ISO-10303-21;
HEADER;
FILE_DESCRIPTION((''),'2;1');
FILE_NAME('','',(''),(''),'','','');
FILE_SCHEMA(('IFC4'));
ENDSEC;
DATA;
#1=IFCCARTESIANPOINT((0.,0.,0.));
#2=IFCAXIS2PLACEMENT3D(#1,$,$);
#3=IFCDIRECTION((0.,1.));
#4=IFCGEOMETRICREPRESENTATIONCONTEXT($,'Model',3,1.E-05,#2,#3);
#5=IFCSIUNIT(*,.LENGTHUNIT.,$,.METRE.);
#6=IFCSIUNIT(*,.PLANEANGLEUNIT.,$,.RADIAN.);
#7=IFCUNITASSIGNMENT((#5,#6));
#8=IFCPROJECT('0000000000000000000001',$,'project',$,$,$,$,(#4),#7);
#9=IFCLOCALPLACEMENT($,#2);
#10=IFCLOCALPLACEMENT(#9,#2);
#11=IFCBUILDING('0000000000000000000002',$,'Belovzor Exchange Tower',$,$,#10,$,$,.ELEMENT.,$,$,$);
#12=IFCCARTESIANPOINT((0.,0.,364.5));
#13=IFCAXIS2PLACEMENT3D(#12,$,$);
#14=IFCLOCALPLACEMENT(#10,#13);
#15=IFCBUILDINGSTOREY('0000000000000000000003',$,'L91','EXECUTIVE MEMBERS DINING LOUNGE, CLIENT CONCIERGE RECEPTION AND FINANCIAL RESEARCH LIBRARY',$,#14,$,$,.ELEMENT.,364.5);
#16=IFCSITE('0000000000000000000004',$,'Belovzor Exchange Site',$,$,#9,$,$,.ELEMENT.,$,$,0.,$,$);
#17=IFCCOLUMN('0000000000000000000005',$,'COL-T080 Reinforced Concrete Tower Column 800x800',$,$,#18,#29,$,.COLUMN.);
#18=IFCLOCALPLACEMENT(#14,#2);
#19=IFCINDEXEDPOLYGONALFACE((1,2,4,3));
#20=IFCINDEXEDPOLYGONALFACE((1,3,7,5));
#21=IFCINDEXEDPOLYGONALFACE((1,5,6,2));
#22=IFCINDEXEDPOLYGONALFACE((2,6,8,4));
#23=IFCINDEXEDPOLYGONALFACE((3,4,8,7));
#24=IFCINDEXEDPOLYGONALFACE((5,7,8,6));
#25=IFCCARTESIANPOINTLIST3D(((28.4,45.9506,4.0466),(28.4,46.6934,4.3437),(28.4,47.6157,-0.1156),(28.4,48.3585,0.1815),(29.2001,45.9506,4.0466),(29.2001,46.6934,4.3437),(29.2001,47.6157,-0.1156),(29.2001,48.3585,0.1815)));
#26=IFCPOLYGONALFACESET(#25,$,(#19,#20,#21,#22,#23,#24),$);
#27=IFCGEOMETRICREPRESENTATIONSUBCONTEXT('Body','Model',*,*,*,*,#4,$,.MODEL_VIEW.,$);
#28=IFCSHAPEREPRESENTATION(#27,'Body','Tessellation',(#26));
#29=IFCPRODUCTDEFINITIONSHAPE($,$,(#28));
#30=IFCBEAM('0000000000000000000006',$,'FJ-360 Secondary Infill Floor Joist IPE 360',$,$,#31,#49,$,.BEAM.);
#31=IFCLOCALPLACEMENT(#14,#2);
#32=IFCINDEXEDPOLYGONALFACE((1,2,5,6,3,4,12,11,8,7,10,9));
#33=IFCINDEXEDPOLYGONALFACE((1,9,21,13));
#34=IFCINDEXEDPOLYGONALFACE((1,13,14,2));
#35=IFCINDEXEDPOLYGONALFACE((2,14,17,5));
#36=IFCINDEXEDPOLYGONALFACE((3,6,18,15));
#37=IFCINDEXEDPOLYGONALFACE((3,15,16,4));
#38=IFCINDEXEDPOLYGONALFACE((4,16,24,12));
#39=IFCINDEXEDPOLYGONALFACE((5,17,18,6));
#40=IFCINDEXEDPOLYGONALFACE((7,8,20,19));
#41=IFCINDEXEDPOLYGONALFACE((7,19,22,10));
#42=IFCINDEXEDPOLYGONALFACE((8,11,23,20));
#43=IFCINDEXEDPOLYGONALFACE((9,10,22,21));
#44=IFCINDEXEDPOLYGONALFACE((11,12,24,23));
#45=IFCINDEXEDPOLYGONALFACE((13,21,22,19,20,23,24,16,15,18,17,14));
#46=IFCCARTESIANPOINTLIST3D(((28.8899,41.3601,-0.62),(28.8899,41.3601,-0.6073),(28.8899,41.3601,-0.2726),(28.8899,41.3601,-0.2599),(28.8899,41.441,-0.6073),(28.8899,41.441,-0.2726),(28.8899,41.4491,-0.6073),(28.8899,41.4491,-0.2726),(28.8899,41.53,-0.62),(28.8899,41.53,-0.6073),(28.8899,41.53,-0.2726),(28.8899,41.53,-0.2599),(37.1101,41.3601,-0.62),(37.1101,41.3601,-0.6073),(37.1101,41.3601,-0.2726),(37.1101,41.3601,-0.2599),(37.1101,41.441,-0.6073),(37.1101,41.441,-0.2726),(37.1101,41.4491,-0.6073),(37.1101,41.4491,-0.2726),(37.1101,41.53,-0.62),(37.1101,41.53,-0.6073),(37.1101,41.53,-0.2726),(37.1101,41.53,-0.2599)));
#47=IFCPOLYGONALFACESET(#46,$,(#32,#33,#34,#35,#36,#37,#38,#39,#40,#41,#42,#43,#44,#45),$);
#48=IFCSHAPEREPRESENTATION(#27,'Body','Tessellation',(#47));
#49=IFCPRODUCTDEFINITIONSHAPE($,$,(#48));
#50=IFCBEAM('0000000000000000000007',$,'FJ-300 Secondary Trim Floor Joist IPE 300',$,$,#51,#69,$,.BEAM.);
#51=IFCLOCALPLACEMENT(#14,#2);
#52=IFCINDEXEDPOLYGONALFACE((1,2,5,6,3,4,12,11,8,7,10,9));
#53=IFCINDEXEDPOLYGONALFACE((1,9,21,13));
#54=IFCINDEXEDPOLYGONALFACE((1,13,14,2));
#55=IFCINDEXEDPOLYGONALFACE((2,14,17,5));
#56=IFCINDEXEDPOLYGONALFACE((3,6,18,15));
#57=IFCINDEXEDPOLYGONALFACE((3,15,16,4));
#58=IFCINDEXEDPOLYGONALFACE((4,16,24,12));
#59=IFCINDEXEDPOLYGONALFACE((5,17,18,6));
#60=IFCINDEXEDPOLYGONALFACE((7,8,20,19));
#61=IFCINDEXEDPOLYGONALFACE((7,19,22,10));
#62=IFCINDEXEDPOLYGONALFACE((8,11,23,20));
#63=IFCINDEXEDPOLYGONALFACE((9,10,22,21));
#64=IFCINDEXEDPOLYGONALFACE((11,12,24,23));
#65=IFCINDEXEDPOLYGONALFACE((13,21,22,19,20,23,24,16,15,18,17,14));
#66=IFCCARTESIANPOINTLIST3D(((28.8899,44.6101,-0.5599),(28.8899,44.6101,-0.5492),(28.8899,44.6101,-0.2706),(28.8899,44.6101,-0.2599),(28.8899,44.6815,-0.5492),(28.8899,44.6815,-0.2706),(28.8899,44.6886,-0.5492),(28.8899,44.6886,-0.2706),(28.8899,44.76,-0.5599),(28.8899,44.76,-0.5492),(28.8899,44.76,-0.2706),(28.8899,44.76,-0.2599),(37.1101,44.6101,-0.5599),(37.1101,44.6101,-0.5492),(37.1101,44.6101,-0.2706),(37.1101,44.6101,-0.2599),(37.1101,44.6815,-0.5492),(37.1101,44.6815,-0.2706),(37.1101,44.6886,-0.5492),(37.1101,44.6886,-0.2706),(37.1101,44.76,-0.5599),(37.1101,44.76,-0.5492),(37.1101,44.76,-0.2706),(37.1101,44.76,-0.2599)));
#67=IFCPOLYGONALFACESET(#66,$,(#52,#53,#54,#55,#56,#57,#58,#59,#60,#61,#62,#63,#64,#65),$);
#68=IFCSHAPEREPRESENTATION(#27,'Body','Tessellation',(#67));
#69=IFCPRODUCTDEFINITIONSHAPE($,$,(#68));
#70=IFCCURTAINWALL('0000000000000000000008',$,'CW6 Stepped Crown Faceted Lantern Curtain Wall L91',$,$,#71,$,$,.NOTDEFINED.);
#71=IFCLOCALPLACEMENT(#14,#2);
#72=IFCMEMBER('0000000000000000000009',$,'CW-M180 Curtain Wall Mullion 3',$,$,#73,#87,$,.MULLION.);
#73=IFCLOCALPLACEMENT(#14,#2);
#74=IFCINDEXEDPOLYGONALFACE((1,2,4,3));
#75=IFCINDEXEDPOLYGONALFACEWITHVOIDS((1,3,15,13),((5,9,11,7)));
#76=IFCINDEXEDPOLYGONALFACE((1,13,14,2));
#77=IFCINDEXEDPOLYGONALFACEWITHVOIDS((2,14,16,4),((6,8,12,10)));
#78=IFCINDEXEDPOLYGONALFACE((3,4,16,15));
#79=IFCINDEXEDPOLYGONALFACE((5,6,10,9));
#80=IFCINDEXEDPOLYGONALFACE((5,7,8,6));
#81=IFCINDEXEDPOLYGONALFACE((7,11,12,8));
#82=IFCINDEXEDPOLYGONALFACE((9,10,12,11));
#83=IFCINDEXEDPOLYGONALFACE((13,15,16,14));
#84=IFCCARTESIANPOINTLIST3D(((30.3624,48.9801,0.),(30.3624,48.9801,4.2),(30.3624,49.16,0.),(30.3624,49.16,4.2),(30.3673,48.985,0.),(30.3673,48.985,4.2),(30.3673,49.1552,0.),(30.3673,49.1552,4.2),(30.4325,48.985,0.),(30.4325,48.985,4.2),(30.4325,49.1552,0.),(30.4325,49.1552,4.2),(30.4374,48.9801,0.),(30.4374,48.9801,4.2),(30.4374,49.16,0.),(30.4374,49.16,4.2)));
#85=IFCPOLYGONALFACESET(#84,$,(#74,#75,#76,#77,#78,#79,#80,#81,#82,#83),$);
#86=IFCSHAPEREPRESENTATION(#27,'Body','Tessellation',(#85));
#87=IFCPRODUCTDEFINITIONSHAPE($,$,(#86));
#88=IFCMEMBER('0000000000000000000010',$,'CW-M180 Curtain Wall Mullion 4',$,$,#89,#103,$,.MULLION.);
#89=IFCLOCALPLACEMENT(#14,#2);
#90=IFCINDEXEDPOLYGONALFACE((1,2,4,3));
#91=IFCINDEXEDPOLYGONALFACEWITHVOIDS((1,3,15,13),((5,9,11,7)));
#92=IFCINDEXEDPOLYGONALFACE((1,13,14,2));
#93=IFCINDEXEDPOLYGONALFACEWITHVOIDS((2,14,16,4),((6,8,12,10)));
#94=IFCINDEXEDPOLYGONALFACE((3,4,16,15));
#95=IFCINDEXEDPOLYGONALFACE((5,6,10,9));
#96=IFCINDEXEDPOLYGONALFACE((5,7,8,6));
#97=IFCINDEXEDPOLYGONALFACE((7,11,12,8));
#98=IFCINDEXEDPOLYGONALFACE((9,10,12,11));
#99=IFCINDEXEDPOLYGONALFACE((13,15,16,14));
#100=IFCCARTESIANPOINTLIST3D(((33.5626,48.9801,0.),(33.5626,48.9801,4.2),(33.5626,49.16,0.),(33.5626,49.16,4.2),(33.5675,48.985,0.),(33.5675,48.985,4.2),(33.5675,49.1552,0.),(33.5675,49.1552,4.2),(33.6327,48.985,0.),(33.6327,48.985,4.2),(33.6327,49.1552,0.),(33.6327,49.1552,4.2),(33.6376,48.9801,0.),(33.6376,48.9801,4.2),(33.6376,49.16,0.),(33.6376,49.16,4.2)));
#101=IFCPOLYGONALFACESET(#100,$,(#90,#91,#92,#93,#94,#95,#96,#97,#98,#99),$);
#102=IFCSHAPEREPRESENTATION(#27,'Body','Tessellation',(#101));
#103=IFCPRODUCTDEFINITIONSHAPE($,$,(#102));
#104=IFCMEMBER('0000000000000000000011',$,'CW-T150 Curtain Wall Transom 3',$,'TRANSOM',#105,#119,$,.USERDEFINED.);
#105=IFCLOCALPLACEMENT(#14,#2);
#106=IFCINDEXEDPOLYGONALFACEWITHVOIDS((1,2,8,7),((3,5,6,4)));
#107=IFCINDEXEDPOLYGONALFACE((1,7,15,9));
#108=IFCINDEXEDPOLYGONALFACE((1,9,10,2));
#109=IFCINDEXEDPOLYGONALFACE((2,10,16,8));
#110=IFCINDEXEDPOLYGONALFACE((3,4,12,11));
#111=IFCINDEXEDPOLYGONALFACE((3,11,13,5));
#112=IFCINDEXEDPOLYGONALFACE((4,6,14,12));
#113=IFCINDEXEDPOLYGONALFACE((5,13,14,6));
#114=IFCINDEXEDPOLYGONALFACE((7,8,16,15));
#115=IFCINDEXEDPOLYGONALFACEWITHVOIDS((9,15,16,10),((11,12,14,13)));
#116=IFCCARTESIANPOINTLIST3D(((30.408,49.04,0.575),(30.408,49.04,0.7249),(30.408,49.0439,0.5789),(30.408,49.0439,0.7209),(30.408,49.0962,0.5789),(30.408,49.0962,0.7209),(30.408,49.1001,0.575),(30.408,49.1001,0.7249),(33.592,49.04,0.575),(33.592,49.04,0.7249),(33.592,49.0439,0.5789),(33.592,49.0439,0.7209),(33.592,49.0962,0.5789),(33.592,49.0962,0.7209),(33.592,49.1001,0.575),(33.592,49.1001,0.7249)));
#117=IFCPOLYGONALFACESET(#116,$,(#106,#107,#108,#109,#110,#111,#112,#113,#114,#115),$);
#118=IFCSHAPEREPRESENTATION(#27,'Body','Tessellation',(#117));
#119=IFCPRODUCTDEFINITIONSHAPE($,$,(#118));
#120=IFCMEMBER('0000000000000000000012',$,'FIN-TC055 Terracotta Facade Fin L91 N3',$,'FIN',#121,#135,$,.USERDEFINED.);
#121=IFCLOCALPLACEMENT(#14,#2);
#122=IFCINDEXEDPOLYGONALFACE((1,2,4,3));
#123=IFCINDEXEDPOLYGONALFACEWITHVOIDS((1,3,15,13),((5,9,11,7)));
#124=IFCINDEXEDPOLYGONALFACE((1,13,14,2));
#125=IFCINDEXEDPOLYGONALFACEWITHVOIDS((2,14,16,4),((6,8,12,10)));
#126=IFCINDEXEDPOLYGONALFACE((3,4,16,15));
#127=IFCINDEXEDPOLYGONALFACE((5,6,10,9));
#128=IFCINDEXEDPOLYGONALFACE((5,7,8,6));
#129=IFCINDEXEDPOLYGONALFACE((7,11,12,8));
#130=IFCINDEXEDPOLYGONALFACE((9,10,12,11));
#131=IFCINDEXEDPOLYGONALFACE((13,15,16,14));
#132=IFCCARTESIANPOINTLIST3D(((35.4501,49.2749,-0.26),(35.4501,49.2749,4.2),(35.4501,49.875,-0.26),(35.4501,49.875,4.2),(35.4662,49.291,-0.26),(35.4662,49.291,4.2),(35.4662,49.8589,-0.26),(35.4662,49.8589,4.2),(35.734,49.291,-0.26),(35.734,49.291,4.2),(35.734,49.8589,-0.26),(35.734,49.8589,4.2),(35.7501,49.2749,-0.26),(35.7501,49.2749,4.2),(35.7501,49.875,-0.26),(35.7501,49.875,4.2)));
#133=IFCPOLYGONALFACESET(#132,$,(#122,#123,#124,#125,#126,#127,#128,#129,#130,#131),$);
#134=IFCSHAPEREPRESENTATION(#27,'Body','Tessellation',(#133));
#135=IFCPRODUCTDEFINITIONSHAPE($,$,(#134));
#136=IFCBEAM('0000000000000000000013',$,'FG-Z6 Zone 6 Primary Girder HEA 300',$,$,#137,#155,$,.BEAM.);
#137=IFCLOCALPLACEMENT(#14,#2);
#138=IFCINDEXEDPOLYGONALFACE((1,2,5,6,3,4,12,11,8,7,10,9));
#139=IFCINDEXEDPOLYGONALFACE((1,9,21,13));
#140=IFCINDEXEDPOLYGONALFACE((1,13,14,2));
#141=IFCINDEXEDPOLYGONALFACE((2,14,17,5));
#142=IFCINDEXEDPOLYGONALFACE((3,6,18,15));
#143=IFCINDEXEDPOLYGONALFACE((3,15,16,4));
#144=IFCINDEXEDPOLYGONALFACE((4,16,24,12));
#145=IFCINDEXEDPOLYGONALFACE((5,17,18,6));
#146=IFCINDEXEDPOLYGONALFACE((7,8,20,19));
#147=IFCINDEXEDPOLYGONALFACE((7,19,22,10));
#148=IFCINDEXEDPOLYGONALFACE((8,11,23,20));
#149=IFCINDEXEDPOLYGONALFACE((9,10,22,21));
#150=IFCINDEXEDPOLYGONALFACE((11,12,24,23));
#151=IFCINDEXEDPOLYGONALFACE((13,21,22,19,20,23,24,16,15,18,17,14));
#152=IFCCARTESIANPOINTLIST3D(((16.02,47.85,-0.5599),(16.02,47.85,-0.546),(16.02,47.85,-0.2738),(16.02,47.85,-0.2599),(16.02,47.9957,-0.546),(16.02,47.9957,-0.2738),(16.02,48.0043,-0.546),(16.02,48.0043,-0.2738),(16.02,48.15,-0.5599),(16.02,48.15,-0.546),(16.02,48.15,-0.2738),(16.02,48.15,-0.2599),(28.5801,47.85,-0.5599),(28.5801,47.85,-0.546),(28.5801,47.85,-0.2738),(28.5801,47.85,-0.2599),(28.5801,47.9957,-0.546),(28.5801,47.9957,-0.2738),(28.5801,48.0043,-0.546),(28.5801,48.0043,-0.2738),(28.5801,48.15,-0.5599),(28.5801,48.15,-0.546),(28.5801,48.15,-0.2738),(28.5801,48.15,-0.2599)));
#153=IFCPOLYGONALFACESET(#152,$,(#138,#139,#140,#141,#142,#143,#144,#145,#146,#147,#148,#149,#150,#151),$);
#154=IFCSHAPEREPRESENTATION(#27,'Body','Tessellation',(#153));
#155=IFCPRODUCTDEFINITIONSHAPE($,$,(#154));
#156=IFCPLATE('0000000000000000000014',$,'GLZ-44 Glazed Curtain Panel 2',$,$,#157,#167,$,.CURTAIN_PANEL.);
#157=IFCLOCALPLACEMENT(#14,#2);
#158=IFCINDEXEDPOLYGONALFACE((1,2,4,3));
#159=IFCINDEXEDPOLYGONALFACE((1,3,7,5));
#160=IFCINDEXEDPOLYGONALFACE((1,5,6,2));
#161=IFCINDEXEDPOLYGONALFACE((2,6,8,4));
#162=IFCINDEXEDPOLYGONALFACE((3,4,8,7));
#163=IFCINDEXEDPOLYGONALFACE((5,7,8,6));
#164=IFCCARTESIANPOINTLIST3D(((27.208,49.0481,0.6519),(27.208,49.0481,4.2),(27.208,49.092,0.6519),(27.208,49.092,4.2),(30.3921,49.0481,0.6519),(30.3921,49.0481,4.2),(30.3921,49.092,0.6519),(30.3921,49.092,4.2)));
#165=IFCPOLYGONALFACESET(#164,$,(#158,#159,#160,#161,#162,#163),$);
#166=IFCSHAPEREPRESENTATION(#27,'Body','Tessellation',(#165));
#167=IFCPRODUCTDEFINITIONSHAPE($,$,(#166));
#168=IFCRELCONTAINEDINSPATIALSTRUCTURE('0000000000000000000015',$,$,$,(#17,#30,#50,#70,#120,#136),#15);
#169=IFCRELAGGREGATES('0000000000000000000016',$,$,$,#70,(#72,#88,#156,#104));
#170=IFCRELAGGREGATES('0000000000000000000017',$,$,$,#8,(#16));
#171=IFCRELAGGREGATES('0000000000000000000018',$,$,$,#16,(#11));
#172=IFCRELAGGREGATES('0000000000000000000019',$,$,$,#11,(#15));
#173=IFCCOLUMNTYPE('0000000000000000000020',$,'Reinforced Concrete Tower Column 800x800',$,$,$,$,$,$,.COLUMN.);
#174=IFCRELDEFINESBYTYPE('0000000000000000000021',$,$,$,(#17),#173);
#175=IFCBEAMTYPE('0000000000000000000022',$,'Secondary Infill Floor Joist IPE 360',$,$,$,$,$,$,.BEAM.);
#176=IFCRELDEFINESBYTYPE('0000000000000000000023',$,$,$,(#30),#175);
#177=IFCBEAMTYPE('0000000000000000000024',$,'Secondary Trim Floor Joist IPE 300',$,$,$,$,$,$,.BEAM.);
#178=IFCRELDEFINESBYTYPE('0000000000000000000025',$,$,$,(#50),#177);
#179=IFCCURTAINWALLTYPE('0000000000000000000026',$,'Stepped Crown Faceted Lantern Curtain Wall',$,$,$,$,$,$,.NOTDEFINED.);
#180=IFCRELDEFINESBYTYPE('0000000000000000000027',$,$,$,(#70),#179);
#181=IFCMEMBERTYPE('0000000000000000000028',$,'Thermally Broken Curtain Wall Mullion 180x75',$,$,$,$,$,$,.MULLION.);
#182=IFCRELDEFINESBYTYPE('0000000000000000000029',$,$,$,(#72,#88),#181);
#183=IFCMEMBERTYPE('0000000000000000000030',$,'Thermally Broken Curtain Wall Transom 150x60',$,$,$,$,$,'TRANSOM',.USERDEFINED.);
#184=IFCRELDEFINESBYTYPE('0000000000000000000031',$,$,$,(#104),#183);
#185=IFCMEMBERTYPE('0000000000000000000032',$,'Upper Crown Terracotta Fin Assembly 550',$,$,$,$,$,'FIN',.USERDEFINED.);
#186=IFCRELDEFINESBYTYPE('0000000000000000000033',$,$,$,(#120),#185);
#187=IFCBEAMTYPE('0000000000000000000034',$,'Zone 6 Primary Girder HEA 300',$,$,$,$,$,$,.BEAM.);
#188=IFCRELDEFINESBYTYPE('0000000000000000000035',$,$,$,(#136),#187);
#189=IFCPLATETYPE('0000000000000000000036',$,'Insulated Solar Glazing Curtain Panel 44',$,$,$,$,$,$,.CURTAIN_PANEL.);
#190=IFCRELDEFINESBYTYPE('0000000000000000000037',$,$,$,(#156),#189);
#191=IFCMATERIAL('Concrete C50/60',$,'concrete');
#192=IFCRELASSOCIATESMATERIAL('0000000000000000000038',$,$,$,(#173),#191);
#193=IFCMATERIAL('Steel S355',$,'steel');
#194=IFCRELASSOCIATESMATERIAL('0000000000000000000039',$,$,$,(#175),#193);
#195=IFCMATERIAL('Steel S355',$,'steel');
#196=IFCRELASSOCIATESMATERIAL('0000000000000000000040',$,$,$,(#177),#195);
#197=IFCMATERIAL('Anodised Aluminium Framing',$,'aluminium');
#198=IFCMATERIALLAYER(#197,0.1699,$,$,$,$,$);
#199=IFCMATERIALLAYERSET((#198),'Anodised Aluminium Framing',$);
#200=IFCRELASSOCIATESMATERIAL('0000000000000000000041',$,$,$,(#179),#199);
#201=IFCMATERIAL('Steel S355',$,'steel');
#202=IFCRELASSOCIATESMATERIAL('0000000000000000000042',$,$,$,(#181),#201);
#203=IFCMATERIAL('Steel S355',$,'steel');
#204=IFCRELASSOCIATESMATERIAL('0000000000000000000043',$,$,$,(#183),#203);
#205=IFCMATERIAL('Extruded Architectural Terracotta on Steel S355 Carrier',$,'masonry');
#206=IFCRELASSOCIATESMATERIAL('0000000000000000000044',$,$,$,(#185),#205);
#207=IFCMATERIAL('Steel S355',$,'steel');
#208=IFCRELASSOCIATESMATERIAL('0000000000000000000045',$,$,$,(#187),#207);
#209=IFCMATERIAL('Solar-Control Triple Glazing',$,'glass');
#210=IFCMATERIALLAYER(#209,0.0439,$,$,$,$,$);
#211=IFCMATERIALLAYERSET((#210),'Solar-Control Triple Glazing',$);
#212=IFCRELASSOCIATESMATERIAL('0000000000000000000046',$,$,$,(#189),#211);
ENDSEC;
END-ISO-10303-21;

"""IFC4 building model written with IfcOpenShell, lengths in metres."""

from ifc_helpers import new_model, si_unit, direction, frame, origin, origin_2d, place, context, subcontext, project, spatial, rectangle, hollow_rectangle, i_section, extrude, material, layer, layer_set, material_profile, profile_set, type_object, element, aggregate, save


model = new_model("IFC4")

# Units and contexts
model_context = context("Model", 3, precision=1e-05, world=origin(), true_north=direction((0.0, 1.0)))
body_context = subcontext(model_context, "Body", "Model", "MODEL_VIEW")
ifc_project = project(units=[si_unit("LENGTHUNIT", "METRE"), si_unit("PLANEANGLEUNIT", "RADIAN")], contexts=[model_context])

# Site, building, storey
site_placement = place(None, origin())
site = spatial("IfcSite", under=ifc_project, at=site_placement, Name="Belovzor Exchange Site", CompositionType="ELEMENT", RefElevation=0.0)
building_placement = place(site_placement, origin())
building = spatial("IfcBuilding", under=site, at=building_placement, Name="Belovzor Exchange Tower", CompositionType="ELEMENT")
storey_placement = place(building_placement, frame((0.0, 0.0, 364.5)))
storey = spatial("IfcBuildingStorey", under=building, at=storey_placement, Name="L91", Description="EXECUTIVE MEMBERS DINING LOUNGE, CLIENT CONCIERGE RECEPTION AND FINANCIAL RESEARCH LIBRARY", CompositionType="ELEMENT", Elevation=364.5)

# Column
ifc_material_1 = material(Name="Concrete C50/60", Category="concrete")
ifc_material_profile_1 = material_profile(ifc_material_1, rectangle(XDim=0.8, YDim=0.8, at=origin_2d()))
ifc_profile_set_1 = profile_set([ifc_material_profile_1], Name="Concrete C50/60")
column_type = type_object("IfcColumnType", Name="Reinforced Concrete Tower Column 800x800", PredefinedType="COLUMN", material=ifc_profile_set_1)
column_placement = place(storey_placement, frame((28.8, 47.9871, 0.033), z_axis=(0.0, -0.371428, 0.928462), x_axis=(1.0, 0.0, 0.0)))
element("IfcColumn", 1, at=column_placement, inside=storey, type_object=column_type, Name="COL-T080 Reinforced Concrete Tower Column 800x800", PredefinedType="COLUMN", context=body_context, shape_type="SweptSolid", body=[
    extrude(rectangle(XDim=0.8, YDim=0.8, at=origin_2d()), origin(), (0.0, 0.0, 1.0), 4.4829),
])

# Beams
ifc_material_2 = material(Name="Steel S355", Category="steel")
ifc_material_profile_2 = material_profile(ifc_material_2, i_section(OverallWidth=0.1699, OverallDepth=0.3601, WebThickness=0.0081, FlangeThickness=0.0127, at=origin_2d()))
ifc_profile_set_2 = profile_set([ifc_material_profile_2], Name="Steel S355")
beam_type_1 = type_object("IfcBeamType", Name="Secondary Infill Floor Joist IPE 360", PredefinedType="BEAM", material=ifc_profile_set_2)
beam_1_placement = place(storey_placement, frame((28.8899, 41.4451, -0.4399), z_axis=(1.0, 0.0, 0.0), x_axis=(0.0, 1.0, 0.0)))
element("IfcBeam", 2, at=beam_1_placement, inside=storey, type_object=beam_type_1, Name="FJ-360 Secondary Infill Floor Joist IPE 360", PredefinedType="BEAM", context=body_context, shape_type="SweptSolid", body=[
    extrude(i_section(OverallWidth=0.1699, OverallDepth=0.3601, WebThickness=0.0081, FlangeThickness=0.0127, at=origin_2d()), origin(), (0.0, 0.0, 1.0), 8.2202),
])
ifc_material_3 = material(Name="Steel S355", Category="steel")
ifc_material_profile_3 = material_profile(ifc_material_3, i_section(OverallWidth=0.1499, OverallDepth=0.3, WebThickness=0.0071, FlangeThickness=0.0107, at=origin_2d()))
ifc_profile_set_3 = profile_set([ifc_material_profile_3], Name="Steel S355")
beam_type_2 = type_object("IfcBeamType", Name="Secondary Trim Floor Joist IPE 300", PredefinedType="BEAM", material=ifc_profile_set_3)
beam_2_placement = place(storey_placement, frame((28.8899, 44.6851, -0.4099), z_axis=(1.0, 0.0, 0.0), x_axis=(0.0, 1.0, 0.0)))
element("IfcBeam", 3, at=beam_2_placement, inside=storey, type_object=beam_type_2, Name="FJ-300 Secondary Trim Floor Joist IPE 300", PredefinedType="BEAM", context=body_context, shape_type="SweptSolid", body=[
    extrude(i_section(OverallWidth=0.1499, OverallDepth=0.3, WebThickness=0.0071, FlangeThickness=0.0107, at=origin_2d()), origin(), (0.0, 0.0, 1.0), 8.2202),
])

# Curtain wall, members
ifc_material_4 = material(Name="Anodised Aluminium Framing", Category="aluminium")
ifc_layer_1 = layer(ifc_material_4, 0.1699)
ifc_layer_set_1 = layer_set([ifc_layer_1], Name="Anodised Aluminium Framing")
curtain_wall_type = type_object("IfcCurtainWallType", Name="Stepped Crown Faceted Lantern Curtain Wall", PredefinedType="NOTDEFINED", material=ifc_layer_set_1)
curtain_wall_placement = place(storey_placement, origin())
curtain_wall = element("IfcCurtainWall", 4, at=curtain_wall_placement, inside=storey, type_object=curtain_wall_type, Name="CW6 Stepped Crown Faceted Lantern Curtain Wall L91", PredefinedType="NOTDEFINED")
ifc_material_5 = material(Name="Steel S355", Category="steel")
ifc_material_profile_4 = material_profile(ifc_material_5, hollow_rectangle(XDim=0.075, YDim=0.1799, WallThickness=0.0049, at=origin_2d()))
ifc_profile_set_4 = profile_set([ifc_material_profile_4], Name="Steel S355")
member_type_1 = type_object("IfcMemberType", Name="Thermally Broken Curtain Wall Mullion 180x75", PredefinedType="MULLION", material=ifc_profile_set_4)
member_1_placement = place(storey_placement, frame((30.3999, 49.0701, 0.0), z_axis=(0.0, 0.0, 1.0), x_axis=(1.0, 0.0, 0.0)))
member_1 = element("IfcMember", 5, at=member_1_placement, type_object=member_type_1, Name="CW-M180 Curtain Wall Mullion 3", PredefinedType="MULLION", context=body_context, shape_type="SweptSolid", body=[
    extrude(hollow_rectangle(XDim=0.075, YDim=0.1799, WallThickness=0.0049, at=origin_2d()), origin(), (0.0, 0.0, 1.0), 4.2),
])
member_2_placement = place(storey_placement, frame((33.6001, 49.0701, 0.0), z_axis=(0.0, 0.0, 1.0), x_axis=(1.0, 0.0, 0.0)))
member_2 = element("IfcMember", 6, at=member_2_placement, type_object=member_type_1, Name="CW-M180 Curtain Wall Mullion 4", PredefinedType="MULLION", context=body_context, shape_type="SweptSolid", body=[
    extrude(hollow_rectangle(XDim=0.075, YDim=0.1799, WallThickness=0.0049, at=origin_2d()), origin(), (0.0, 0.0, 1.0), 4.2),
])
ifc_material_6 = material(Name="Steel S355", Category="steel")
ifc_material_profile_5 = material_profile(ifc_material_6, hollow_rectangle(XDim=0.0601, YDim=0.1499, WallThickness=0.0039, at=origin_2d()))
ifc_profile_set_5 = profile_set([ifc_material_profile_5], Name="Steel S355")
member_type_2 = type_object("IfcMemberType", Name="Thermally Broken Curtain Wall Transom 150x60", ElementType="TRANSOM", PredefinedType="USERDEFINED", material=ifc_profile_set_5)
member_3_placement = place(storey_placement, frame((30.408, 49.0701, 0.6499), z_axis=(1.0, 0.0, 0.0), x_axis=(0.0, 1.0, 0.0)))
member_3 = element("IfcMember", 7, at=member_3_placement, type_object=member_type_2, Name="CW-T150 Curtain Wall Transom 3", ObjectType="TRANSOM", PredefinedType="USERDEFINED", context=body_context, shape_type="SweptSolid", body=[
    extrude(hollow_rectangle(XDim=0.0601, YDim=0.1499, WallThickness=0.0039, at=origin_2d()), origin(), (0.0, 0.0, 1.0), 3.1841),
])

# Member
ifc_material_7 = material(Name="Extruded Architectural Terracotta on Steel S355 Carrier", Category="masonry")
ifc_material_profile_6 = material_profile(ifc_material_7, hollow_rectangle(XDim=0.3, YDim=0.6001, WallThickness=0.0161, at=origin_2d()))
ifc_profile_set_6 = profile_set([ifc_material_profile_6], Name="Extruded Architectural Terracotta on Steel S355 Carrier")
member_type_3 = type_object("IfcMemberType", Name="Upper Crown Terracotta Fin Assembly 550", ElementType="FIN", PredefinedType="USERDEFINED", material=ifc_profile_set_6)
member_4_placement = place(storey_placement, frame((35.6001, 49.575, -0.26), z_axis=(0.0, 0.0, 1.0), x_axis=(1.0, 0.0, 0.0)))
element("IfcMember", 8, at=member_4_placement, inside=storey, type_object=member_type_3, Name="FIN-TC055 Terracotta Facade Fin L91 N3", ObjectType="FIN", PredefinedType="USERDEFINED", context=body_context, shape_type="SweptSolid", body=[
    extrude(hollow_rectangle(XDim=0.3, YDim=0.6001, WallThickness=0.0161, at=origin_2d()), origin(), (0.0, 0.0, 1.0), 4.46),
])

# Beam
ifc_material_8 = material(Name="Steel S355", Category="steel")
ifc_material_profile_7 = material_profile(ifc_material_8, i_section(OverallWidth=0.3, OverallDepth=0.3, WebThickness=0.0085, FlangeThickness=0.0139, at=origin_2d()))
ifc_profile_set_7 = profile_set([ifc_material_profile_7], Name="Steel S355")
beam_type_3 = type_object("IfcBeamType", Name="Zone 6 Primary Girder HEA 300", PredefinedType="BEAM", material=ifc_profile_set_7)
beam_3_placement = place(storey_placement, frame((28.5801, 48.0, -0.4099), z_axis=(-1.0, 0.0, 0.0), x_axis=(0.0, -1.0, 0.0)))
element("IfcBeam", 9, at=beam_3_placement, inside=storey, type_object=beam_type_3, Name="FG-Z6 Zone 6 Primary Girder HEA 300", PredefinedType="BEAM", context=body_context, shape_type="SweptSolid", body=[
    extrude(i_section(OverallWidth=0.3, OverallDepth=0.3, WebThickness=0.0085, FlangeThickness=0.0139, at=origin_2d()), origin(), (0.0, 0.0, 1.0), 12.5601),
])

# Plate
ifc_material_9 = material(Name="Solar-Control Triple Glazing", Category="glass")
ifc_layer_2 = layer(ifc_material_9, 0.0439)
ifc_layer_set_2 = layer_set([ifc_layer_2], Name="Solar-Control Triple Glazing")
plate_type_1 = type_object("IfcPlateType", Name="Insulated Solar Glazing Curtain Panel 44", PredefinedType="CURTAIN_PANEL", material=ifc_layer_set_2)
plate_1_placement = place(storey_placement, frame((28.8, 49.0701, 0.6519), z_axis=(0.0, 0.0, 1.0), x_axis=(1.0, 0.0, 0.0)))
plate_1 = element("IfcPlate", 10, at=plate_1_placement, type_object=plate_type_1, Name="GLZ-44 Glazed Curtain Panel 2", PredefinedType="CURTAIN_PANEL", context=body_context, shape_type="SweptSolid", body=[
    extrude(rectangle(XDim=3.1841, YDim=0.0439, at=origin_2d()), origin(), (0.0, 0.0, 1.0), 3.5481),
])
aggregate(curtain_wall, [member_1, member_2, plate_1, member_3])

save(model, "model.ifc")
